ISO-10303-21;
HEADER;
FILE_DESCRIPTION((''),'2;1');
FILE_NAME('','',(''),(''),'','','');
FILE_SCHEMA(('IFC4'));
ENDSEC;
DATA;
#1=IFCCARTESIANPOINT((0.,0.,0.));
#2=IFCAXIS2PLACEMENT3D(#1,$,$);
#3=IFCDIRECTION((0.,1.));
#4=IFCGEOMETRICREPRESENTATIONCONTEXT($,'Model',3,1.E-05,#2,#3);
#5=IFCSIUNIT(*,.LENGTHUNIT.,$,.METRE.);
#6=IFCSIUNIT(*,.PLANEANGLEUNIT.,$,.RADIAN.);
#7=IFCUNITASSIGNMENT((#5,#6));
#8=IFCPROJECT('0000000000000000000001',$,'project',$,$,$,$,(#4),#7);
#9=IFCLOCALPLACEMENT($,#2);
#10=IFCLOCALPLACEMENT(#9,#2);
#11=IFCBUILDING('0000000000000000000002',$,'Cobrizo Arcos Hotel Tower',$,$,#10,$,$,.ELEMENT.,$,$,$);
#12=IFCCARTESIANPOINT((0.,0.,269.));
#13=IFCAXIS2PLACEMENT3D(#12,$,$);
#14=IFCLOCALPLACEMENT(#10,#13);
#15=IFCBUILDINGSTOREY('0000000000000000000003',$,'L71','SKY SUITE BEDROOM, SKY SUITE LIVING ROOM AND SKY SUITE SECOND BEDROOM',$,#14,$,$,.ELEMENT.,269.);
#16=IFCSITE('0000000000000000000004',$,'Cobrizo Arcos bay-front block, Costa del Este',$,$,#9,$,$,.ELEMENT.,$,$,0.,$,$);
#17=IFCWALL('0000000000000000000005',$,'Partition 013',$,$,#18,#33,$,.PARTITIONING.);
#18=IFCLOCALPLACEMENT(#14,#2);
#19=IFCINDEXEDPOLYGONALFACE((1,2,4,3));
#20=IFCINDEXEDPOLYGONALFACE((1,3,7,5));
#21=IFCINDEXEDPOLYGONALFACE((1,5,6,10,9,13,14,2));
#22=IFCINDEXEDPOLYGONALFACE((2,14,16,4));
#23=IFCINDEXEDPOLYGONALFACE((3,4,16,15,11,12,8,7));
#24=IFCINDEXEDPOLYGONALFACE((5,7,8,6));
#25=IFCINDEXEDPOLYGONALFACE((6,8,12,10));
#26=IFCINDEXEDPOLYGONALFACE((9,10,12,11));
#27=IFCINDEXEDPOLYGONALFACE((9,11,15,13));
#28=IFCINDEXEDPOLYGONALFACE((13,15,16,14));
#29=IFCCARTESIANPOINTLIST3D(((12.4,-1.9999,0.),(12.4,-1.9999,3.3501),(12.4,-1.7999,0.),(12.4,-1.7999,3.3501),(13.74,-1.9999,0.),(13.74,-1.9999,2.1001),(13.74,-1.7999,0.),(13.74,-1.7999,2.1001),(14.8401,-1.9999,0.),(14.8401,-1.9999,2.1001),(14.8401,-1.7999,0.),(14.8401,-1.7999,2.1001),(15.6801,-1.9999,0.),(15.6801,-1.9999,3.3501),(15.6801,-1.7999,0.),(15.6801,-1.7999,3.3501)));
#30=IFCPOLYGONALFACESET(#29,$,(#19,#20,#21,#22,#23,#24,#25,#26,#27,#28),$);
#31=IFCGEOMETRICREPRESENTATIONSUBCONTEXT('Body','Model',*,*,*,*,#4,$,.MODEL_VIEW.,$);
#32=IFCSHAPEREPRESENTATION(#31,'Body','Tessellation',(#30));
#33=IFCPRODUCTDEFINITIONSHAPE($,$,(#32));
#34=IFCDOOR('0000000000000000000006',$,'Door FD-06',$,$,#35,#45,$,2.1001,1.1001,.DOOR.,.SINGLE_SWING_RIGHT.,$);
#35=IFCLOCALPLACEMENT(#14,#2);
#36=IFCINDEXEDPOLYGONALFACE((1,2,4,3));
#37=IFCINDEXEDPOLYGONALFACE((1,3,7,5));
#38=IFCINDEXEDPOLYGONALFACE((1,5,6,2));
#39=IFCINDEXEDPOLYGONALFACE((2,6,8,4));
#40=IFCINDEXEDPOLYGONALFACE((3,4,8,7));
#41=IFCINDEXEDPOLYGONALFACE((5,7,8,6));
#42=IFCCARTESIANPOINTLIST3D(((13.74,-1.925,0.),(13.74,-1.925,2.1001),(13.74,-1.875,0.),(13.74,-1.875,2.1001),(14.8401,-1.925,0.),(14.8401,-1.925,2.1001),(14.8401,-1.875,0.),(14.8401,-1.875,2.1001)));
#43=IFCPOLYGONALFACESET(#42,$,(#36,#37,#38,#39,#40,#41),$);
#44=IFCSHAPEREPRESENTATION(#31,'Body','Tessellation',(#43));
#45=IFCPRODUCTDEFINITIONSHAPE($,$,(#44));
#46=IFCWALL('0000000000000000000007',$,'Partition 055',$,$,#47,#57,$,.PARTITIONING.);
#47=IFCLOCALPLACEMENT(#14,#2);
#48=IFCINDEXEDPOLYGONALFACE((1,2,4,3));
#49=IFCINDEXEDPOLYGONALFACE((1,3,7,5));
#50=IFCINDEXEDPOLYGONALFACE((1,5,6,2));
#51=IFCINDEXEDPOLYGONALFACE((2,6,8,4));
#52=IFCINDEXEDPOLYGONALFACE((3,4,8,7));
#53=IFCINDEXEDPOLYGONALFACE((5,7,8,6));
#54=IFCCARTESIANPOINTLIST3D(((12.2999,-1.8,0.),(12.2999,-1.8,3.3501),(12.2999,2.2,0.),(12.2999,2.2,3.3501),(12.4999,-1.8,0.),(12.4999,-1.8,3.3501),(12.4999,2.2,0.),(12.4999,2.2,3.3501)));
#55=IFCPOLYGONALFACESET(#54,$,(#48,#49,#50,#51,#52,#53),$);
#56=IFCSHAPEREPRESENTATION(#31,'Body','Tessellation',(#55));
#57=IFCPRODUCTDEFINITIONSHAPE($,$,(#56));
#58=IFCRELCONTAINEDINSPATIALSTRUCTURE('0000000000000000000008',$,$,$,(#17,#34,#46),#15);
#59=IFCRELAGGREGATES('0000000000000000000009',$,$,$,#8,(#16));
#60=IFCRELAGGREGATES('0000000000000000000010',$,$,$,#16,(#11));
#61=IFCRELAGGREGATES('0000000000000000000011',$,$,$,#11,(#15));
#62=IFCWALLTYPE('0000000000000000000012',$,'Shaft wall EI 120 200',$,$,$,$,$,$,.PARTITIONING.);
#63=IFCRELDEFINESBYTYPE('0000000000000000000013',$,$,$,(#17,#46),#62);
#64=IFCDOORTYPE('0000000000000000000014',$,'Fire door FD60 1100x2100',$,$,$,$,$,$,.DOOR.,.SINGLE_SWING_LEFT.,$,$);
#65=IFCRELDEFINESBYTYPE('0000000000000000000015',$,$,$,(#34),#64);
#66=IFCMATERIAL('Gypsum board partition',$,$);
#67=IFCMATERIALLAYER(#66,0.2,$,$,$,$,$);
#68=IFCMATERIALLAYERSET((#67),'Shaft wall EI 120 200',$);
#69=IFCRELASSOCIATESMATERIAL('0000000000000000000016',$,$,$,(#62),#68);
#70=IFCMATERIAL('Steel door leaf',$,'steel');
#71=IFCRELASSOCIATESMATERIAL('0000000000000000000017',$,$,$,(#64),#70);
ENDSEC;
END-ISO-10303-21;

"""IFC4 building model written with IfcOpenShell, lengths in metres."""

from ifc_helpers import new_model, si_unit, direction, frame, frame_2d, origin, place, context, subcontext, project, spatial, rectangle, extrude, material, layer, layer_set, type_object, element, fill, save


model = new_model("IFC4")

# Units and contexts
model_context = context("Model", 3, precision=1e-05, world=origin(), true_north=direction((0.0, 1.0)))
body_context = subcontext(model_context, "Body", "Model", "MODEL_VIEW")
ifc_project = project(units=[si_unit("LENGTHUNIT", "METRE"), si_unit("PLANEANGLEUNIT", "RADIAN")], contexts=[model_context])

# Site, building, storey
site_placement = place(None, origin())
site = spatial("IfcSite", under=ifc_project, at=site_placement, Name="Cobrizo Arcos bay-front block, Costa del Este", CompositionType="ELEMENT", RefElevation=0.0)
building_placement = place(site_placement, origin())
building = spatial("IfcBuilding", under=site, at=building_placement, Name="Cobrizo Arcos Hotel Tower", CompositionType="ELEMENT")
storey_placement = place(building_placement, frame((0.0, 0.0, 269.0)))
storey = spatial("IfcBuildingStorey", under=building, at=storey_placement, Name="L71", Description="SKY SUITE BEDROOM, SKY SUITE LIVING ROOM AND SKY SUITE SECOND BEDROOM", CompositionType="ELEMENT", Elevation=269.0)

# Shared definitions
ifc_material_1 = material(Name="Gypsum board partition")

# Wall, opening, door
ifc_layer_1 = layer(ifc_material_1, 0.2)
ifc_layer_set_1 = layer_set([ifc_layer_1], Name="Shaft wall EI 120 200")
wall_type_1 = type_object("IfcWallType", Name="Shaft wall EI 120 200", PredefinedType="PARTITIONING", material=ifc_layer_set_1)
wall_1_placement = place(storey_placement, frame((12.3999, -1.8999, 0.0), z_axis=(0.0, 0.0, 1.0), x_axis=(1.0, 0.0, 0.0)))
wall_1 = element("IfcWall", 1, at=wall_1_placement, inside=storey, type_object=wall_type_1, Name="Partition 013", PredefinedType="PARTITIONING", context=body_context, shape_type="SweptSolid", body=[
    extrude(rectangle(XDim=3.28, YDim=0.2, at=frame_2d((1.6401, 0.0))), origin(), (0.0, 0.0, 1.0), 3.3501),
])
opening_1_placement = place(wall_1_placement, frame((1.3401, 0.0, 0.0)))
opening_1 = element("IfcOpeningElement", 2, at=opening_1_placement, cuts=wall_1, PredefinedType="OPENING", context=body_context, shape_type="SweptSolid", body=[
    extrude(rectangle(XDim=1.1001, YDim=2.1001, at=frame_2d((0.55, 1.05))), frame((0.0, 0.1121, 0.0), z_axis=(0.0, -1.0, 0.0), x_axis=(1.0, 0.0, 0.0)), (0.0, 0.0, 1.0), 0.2239),
])
ifc_material_2 = material(Name="Steel door leaf", Category="steel")
door_type_1 = type_object("IfcDoorType", Name="Fire door FD60 1100x2100", OperationType="SINGLE_SWING_LEFT", PredefinedType="DOOR", material=ifc_material_2)
door_1_placement = place(opening_1_placement, origin())
door_1 = element("IfcDoor", 3, at=door_1_placement, inside=storey, type_object=door_type_1, Name="Door FD-06", OperationType="SINGLE_SWING_RIGHT", OverallHeight=2.1001, OverallWidth=1.1001, PredefinedType="DOOR", context=body_context, shape_type="SweptSolid", body=[
    extrude(rectangle(XDim=1.1001, YDim=2.1001, at=frame_2d((0.55, 1.05))), frame((0.0, 0.0249, 0.0), z_axis=(0.0, -1.0, 0.0), x_axis=(1.0, 0.0, 0.0)), (0.0, 0.0, 1.0), 0.05),
])
fill(opening_1, door_1)

# Wall
wall_2_placement = place(storey_placement, frame((12.3999, -1.8, 0.0), z_axis=(0.0, 0.0, 1.0), x_axis=(0.0, 1.0, 0.0)))
element("IfcWall", 4, at=wall_2_placement, inside=storey, type_object=wall_type_1, Name="Partition 055", PredefinedType="PARTITIONING", context=body_context, shape_type="SweptSolid", body=[
    extrude(rectangle(XDim=4.0, YDim=0.2, at=frame_2d((2.0, 0.0))), origin(), (0.0, 0.0, 1.0), 3.3501),
])

save(model, "model.ifc")
